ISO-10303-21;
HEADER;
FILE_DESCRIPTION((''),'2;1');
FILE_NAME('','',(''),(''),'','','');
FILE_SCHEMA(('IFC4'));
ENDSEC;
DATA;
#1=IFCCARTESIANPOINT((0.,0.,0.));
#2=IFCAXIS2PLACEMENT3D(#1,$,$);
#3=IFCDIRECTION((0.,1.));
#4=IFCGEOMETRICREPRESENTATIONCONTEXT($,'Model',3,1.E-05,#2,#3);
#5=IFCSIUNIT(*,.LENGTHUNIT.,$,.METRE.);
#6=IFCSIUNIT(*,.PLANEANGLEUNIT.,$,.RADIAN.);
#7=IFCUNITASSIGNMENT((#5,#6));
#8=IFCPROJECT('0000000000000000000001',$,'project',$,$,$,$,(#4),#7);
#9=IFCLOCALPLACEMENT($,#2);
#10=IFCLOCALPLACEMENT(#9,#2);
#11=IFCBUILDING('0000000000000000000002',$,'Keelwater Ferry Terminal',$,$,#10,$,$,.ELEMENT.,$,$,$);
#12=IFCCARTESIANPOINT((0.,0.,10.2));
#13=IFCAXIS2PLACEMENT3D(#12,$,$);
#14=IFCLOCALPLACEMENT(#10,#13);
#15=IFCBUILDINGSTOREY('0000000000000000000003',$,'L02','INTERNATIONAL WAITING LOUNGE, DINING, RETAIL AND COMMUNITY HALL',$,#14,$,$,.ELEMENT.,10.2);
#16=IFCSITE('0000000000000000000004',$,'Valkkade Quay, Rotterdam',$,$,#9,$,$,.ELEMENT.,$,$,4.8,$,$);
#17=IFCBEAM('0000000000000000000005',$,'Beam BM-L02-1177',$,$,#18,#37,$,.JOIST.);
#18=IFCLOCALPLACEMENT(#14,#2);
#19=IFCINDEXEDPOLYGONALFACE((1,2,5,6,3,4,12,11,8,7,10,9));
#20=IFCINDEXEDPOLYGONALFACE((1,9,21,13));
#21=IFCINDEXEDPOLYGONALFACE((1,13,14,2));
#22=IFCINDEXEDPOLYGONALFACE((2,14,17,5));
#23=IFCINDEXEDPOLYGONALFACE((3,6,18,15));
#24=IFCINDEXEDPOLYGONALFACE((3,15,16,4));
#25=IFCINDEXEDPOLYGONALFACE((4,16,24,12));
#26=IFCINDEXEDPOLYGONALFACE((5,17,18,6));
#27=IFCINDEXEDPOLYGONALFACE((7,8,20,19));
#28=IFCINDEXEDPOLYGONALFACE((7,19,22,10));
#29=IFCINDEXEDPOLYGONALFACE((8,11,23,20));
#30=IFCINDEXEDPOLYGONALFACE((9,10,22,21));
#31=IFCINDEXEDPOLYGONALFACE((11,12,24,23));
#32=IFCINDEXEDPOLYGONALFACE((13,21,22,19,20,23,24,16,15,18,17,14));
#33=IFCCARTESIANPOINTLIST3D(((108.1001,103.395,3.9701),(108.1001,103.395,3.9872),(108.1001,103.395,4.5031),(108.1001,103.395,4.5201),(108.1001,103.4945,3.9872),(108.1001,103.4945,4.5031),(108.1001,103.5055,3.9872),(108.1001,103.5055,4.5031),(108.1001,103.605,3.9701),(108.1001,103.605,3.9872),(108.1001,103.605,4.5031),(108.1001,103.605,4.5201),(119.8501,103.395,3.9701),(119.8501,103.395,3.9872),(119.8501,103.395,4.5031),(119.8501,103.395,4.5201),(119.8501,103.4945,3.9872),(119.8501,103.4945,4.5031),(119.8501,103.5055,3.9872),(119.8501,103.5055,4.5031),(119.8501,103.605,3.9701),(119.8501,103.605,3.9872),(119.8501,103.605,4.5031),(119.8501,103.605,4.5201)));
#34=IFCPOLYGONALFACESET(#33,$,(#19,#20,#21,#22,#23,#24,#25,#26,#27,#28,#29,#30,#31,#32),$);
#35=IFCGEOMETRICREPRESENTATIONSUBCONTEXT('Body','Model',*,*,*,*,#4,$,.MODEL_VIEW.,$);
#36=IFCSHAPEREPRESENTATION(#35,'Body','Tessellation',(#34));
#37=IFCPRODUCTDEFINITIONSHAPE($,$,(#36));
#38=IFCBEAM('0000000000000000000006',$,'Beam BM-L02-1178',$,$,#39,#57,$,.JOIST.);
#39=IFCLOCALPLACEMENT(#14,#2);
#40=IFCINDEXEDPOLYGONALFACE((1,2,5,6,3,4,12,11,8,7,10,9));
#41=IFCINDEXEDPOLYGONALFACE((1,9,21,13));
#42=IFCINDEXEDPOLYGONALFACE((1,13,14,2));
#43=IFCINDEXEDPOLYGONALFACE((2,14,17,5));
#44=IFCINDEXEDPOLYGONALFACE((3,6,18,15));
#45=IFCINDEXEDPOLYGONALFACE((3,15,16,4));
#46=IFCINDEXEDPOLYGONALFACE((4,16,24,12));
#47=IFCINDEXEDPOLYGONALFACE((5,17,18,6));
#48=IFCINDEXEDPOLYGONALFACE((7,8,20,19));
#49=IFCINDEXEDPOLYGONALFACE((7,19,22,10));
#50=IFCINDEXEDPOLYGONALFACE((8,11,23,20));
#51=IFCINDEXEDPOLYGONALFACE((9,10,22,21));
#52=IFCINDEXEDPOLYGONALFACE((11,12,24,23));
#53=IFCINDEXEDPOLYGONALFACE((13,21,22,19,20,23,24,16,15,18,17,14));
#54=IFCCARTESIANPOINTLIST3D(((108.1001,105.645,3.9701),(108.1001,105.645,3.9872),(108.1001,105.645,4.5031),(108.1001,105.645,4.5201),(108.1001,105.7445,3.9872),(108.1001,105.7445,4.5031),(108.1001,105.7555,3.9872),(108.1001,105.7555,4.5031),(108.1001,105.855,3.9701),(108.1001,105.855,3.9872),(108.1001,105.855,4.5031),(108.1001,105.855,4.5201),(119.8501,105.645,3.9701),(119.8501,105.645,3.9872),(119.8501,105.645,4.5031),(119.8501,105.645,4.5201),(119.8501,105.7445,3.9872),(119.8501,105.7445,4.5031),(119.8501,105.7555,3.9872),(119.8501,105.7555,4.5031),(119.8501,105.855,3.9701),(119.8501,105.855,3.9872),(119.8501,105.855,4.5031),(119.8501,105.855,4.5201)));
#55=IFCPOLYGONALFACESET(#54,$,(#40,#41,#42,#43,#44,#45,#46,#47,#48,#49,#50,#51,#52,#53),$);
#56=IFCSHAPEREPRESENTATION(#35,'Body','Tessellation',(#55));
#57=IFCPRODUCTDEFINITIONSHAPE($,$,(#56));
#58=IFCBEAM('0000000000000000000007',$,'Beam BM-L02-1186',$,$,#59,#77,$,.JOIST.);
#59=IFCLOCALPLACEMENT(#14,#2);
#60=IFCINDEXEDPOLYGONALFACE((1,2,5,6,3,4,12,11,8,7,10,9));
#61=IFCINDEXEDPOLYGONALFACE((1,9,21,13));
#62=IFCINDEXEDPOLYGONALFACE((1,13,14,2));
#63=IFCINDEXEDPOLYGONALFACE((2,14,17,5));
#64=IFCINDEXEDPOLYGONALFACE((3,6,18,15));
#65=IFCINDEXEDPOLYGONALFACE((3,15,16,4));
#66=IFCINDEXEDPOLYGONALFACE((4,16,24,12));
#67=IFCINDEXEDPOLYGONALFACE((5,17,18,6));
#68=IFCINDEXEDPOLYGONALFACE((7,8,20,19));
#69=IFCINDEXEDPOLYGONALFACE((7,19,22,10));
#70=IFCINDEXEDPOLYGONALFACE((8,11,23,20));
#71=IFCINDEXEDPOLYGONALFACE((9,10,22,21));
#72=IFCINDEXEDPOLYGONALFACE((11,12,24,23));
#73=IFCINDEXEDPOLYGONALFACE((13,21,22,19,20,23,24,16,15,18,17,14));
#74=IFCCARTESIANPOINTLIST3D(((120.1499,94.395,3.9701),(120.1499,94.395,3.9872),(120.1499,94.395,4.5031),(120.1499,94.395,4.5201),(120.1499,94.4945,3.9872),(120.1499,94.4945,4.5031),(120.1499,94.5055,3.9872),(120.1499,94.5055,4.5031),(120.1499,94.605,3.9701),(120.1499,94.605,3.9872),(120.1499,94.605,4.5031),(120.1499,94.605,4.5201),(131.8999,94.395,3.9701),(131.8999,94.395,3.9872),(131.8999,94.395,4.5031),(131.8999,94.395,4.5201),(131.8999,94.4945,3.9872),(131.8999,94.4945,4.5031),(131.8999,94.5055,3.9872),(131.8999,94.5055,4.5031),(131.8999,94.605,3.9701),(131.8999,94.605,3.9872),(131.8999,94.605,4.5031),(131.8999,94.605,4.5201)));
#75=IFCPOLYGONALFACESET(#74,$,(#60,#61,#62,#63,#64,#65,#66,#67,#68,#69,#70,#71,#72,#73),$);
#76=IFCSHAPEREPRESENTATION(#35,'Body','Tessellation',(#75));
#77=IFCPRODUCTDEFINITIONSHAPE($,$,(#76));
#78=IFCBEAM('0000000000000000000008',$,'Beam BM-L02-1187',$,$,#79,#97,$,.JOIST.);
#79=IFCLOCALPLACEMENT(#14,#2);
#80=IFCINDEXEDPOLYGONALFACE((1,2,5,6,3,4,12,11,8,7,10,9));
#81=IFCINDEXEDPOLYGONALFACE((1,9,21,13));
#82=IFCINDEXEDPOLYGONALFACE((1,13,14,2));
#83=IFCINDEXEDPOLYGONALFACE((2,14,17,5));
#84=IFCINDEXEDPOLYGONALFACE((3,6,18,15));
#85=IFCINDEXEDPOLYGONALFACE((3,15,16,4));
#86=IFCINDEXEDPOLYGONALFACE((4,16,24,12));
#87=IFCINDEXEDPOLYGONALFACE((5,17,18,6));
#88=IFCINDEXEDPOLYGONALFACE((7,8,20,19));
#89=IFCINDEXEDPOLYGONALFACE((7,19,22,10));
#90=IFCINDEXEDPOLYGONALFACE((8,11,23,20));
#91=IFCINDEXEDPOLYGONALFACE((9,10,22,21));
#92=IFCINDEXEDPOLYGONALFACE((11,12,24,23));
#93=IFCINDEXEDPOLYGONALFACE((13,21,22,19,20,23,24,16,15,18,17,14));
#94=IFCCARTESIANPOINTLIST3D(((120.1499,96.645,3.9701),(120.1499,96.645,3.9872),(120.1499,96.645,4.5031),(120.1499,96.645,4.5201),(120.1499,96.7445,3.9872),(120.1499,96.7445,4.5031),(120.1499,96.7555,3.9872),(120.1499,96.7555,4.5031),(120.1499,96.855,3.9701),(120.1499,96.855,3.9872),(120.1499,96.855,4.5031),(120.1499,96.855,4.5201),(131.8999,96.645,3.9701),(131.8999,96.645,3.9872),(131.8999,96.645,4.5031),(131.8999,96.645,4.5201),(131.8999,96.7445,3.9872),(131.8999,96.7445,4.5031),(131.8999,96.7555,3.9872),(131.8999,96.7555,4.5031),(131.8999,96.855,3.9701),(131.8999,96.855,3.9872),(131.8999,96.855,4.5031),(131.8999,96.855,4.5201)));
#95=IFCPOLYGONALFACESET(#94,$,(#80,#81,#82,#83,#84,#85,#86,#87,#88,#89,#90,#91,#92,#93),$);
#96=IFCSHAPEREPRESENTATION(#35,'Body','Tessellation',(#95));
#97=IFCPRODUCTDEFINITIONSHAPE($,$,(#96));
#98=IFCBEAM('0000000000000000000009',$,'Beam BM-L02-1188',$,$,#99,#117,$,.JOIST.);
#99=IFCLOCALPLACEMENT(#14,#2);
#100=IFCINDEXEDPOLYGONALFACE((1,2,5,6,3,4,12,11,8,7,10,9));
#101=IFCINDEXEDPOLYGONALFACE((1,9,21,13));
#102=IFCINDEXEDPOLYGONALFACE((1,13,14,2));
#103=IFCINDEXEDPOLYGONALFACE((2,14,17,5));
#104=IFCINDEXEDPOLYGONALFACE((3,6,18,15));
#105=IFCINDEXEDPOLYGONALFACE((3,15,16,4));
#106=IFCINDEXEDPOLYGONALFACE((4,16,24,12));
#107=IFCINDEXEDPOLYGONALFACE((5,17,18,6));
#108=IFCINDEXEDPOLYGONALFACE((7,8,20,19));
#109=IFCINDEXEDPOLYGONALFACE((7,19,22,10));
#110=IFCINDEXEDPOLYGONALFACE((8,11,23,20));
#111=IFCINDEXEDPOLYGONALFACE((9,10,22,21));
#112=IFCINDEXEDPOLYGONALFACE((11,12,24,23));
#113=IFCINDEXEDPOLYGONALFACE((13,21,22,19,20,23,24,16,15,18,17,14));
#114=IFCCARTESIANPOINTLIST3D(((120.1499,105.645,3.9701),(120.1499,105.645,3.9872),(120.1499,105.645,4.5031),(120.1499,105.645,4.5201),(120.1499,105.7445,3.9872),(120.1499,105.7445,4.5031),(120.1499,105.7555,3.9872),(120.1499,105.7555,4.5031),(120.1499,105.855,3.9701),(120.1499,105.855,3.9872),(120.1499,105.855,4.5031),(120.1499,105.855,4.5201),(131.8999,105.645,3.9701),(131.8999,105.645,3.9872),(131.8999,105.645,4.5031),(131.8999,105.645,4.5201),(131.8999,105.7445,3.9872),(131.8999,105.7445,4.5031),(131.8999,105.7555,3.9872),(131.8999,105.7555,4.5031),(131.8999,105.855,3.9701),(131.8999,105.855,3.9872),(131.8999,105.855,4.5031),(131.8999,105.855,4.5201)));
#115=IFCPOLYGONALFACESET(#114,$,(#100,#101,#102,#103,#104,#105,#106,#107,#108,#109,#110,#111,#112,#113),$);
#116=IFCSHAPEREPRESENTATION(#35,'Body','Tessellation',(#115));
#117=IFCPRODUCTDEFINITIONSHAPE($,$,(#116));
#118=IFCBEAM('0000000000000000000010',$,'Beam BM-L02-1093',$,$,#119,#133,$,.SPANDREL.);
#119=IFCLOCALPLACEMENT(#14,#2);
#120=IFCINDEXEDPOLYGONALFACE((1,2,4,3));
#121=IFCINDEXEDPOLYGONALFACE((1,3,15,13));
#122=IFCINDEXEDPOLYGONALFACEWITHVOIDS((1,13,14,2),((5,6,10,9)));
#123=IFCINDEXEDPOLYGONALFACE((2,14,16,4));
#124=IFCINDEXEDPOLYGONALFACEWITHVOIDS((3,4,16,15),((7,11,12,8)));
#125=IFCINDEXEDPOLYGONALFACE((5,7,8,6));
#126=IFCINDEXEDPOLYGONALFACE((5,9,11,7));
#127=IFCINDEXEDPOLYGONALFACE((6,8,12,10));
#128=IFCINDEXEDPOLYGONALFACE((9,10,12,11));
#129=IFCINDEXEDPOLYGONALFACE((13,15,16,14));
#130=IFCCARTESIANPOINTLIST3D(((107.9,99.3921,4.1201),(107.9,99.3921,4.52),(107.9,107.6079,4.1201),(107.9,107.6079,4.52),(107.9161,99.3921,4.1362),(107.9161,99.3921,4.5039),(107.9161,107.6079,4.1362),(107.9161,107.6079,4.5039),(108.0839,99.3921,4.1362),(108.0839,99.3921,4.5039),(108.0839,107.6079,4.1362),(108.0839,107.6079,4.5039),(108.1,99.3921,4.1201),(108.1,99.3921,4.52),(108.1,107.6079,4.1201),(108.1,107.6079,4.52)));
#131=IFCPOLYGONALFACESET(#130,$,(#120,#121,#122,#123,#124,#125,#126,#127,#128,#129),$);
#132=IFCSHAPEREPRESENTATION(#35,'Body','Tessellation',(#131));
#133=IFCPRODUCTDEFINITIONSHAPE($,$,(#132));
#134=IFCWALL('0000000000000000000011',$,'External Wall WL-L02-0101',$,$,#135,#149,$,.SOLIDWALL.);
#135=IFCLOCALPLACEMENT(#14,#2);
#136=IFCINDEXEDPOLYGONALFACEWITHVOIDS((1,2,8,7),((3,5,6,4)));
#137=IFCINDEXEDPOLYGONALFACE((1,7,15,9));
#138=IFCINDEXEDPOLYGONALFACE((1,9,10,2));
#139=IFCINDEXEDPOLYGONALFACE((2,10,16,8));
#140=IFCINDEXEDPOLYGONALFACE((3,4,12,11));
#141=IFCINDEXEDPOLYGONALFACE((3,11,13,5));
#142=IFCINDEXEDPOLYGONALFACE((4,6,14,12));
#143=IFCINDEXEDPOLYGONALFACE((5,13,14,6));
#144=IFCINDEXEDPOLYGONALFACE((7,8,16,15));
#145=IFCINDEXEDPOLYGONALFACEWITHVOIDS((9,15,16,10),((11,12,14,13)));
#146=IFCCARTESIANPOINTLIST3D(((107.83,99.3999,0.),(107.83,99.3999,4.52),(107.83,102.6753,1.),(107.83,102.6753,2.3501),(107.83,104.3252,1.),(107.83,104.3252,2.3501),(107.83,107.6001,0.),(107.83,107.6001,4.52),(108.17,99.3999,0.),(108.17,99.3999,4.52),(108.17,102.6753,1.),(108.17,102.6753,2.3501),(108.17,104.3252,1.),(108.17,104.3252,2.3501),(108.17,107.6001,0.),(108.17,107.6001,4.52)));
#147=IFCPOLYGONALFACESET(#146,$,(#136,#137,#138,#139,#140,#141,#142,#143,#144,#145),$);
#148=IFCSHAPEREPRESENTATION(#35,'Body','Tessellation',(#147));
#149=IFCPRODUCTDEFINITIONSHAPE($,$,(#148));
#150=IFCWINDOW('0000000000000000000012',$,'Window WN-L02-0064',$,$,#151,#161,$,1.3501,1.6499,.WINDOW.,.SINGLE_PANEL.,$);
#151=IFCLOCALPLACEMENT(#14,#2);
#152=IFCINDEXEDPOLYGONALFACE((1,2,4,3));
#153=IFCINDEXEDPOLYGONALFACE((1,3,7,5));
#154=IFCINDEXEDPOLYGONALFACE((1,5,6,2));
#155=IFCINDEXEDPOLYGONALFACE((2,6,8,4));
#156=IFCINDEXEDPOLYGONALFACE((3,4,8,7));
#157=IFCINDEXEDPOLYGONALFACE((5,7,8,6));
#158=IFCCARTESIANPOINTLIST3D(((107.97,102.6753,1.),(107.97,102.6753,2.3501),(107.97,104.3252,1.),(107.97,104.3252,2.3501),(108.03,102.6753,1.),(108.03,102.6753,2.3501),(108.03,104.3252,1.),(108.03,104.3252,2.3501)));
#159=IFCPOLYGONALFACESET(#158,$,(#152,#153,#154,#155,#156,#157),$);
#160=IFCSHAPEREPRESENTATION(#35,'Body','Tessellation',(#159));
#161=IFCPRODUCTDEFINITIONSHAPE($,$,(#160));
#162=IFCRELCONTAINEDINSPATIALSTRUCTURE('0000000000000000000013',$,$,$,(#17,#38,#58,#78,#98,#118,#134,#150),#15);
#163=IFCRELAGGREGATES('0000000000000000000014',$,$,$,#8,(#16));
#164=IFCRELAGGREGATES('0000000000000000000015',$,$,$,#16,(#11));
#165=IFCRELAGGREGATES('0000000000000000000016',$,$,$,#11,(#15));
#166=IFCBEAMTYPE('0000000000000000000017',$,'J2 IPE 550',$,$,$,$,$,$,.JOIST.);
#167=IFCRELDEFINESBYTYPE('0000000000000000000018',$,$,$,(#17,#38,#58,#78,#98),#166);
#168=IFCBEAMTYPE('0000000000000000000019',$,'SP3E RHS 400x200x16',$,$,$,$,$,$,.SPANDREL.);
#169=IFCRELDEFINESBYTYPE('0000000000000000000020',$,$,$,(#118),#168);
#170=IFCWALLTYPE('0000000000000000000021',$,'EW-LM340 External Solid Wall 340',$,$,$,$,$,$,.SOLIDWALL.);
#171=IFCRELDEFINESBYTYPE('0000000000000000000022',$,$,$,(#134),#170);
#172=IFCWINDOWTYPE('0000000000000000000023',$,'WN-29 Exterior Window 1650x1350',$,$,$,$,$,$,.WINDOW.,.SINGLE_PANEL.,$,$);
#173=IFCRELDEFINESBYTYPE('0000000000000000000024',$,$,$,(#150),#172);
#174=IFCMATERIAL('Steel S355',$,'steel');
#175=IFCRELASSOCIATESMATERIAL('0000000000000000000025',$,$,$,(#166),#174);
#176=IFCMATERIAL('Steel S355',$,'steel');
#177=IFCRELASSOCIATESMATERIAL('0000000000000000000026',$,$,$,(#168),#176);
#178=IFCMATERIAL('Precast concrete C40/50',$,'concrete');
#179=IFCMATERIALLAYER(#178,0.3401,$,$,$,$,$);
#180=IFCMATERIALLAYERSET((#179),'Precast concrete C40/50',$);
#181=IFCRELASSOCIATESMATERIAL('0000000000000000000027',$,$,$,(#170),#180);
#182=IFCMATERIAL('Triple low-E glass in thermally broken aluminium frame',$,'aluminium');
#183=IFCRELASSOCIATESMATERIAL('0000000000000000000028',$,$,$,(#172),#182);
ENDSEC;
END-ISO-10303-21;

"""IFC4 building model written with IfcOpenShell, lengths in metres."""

from ifc_helpers import new_model, si_unit, direction, frame, frame_2d, origin, origin_2d, place, context, subcontext, project, spatial, rectangle, hollow_rectangle, i_section, extrude, material, layer, layer_set, material_profile, profile_set, type_object, element, fill, save


model = new_model("IFC4")

# Units and contexts
model_context = context("Model", 3, precision=1e-05, world=origin(), true_north=direction((0.0, 1.0)))
body_context = subcontext(model_context, "Body", "Model", "MODEL_VIEW")
ifc_project = project(units=[si_unit("LENGTHUNIT", "METRE"), si_unit("PLANEANGLEUNIT", "RADIAN")], contexts=[model_context])

# Site, building, storey
site_placement = place(None, origin())
site = spatial("IfcSite", under=ifc_project, at=site_placement, Name="Valkkade Quay, Rotterdam", CompositionType="ELEMENT", RefElevation=4.8)
building_placement = place(site_placement, origin())
building = spatial("IfcBuilding", under=site, at=building_placement, Name="Keelwater Ferry Terminal", CompositionType="ELEMENT")
storey_placement = place(building_placement, frame((0.0, 0.0, 10.2)))
storey = spatial("IfcBuildingStorey", under=building, at=storey_placement, Name="L02", Description="INTERNATIONAL WAITING LOUNGE, DINING, RETAIL AND COMMUNITY HALL", CompositionType="ELEMENT", Elevation=10.2)

# Beams
ifc_material_1 = material(Name="Steel S355", Category="steel")
ifc_material_profile_1 = material_profile(ifc_material_1, i_section(OverallWidth=0.21, OverallDepth=0.55, WebThickness=0.011, FlangeThickness=0.0171, at=origin_2d()), Name="IPE 550")
ifc_profile_set_1 = profile_set([ifc_material_profile_1], Name="Steel S355")
beam_type_1 = type_object("IfcBeamType", Name="J2 IPE 550", PredefinedType="JOIST", material=ifc_profile_set_1)
for number, where, z_axis, x_axis, name in (
    (1, (108.1001, 103.5, 4.2451), (1.0, 0.0, 0.0), (0.0, 1.0, 0.0), "Beam BM-L02-1177"),
    (2, (108.1001, 105.75, 4.2451), (1.0, 0.0, 0.0), (0.0, 1.0, 0.0), "Beam BM-L02-1178"),
    (3, (120.1499, 94.5, 4.2451), (1.0, 0.0, 0.0), (0.0, 1.0, 0.0), "Beam BM-L02-1186"),
    (4, (120.1499, 96.75, 4.2451), (1.0, 0.0, 0.0), (0.0, 1.0, 0.0), "Beam BM-L02-1187"),
    (5, (120.1499, 105.75, 4.2451), (1.0, 0.0, 0.0), (0.0, 1.0, 0.0), "Beam BM-L02-1188"),
):
    element("IfcBeam", number, at=place(storey_placement, frame(where, z_axis=z_axis, x_axis=x_axis)), inside=storey, type_object=beam_type_1, Name=name, PredefinedType="JOIST", context=body_context, shape_type="SweptSolid", body=[
        extrude(i_section(OverallWidth=0.21, OverallDepth=0.55, WebThickness=0.011, FlangeThickness=0.0171, at=origin_2d()), origin(), (0.0, 0.0, 1.0), 11.75),
    ])
ifc_material_2 = material(Name="Steel S355", Category="steel")
ifc_material_profile_2 = material_profile(ifc_material_2, hollow_rectangle(XDim=0.2, YDim=0.3999, WallThickness=0.0161, at=origin_2d()), Name="RHS 400x200x16")
ifc_profile_set_2 = profile_set([ifc_material_profile_2], Name="Steel S355")
beam_type_2 = type_object("IfcBeamType", Name="SP3E RHS 400x200x16", PredefinedType="SPANDREL", material=ifc_profile_set_2)
beam_1_placement = place(storey_placement, frame((108.0, 99.3921, 4.3201), z_axis=(0.0, 1.0, 0.0), x_axis=(-1.0, 0.0, 0.0)))
element("IfcBeam", 6, at=beam_1_placement, inside=storey, type_object=beam_type_2, Name="Beam BM-L02-1093", PredefinedType="SPANDREL", context=body_context, shape_type="SweptSolid", body=[
    extrude(hollow_rectangle(XDim=0.2, YDim=0.3999, WallThickness=0.0161, at=origin_2d()), origin(), (0.0, 0.0, 1.0), 8.2158),
])

# Wall, opening, window
ifc_material_3 = material(Name="Precast concrete C40/50", Category="concrete")
ifc_layer_1 = layer(ifc_material_3, 0.3401)
ifc_layer_set_1 = layer_set([ifc_layer_1], Name="Precast concrete C40/50")
wall_type_1 = type_object("IfcWallType", Name="EW-LM340 External Solid Wall 340", PredefinedType="SOLIDWALL", material=ifc_layer_set_1)
wall_1_placement = place(storey_placement, frame((108.0, 107.6001, 0.0), z_axis=(0.0, 0.0, 1.0), x_axis=(0.0, -1.0, 0.0)))
wall_1 = element("IfcWall", 7, at=wall_1_placement, inside=storey, type_object=wall_type_1, Name="External Wall WL-L02-0101", PredefinedType="SOLIDWALL", context=body_context, shape_type="SweptSolid", body=[
    extrude(rectangle(XDim=8.2002, YDim=0.3401, at=frame_2d((4.1001, 0.0))), origin(), (0.0, 0.0, 1.0), 4.52),
])
opening_1_placement = place(wall_1_placement, frame((3.2749, 0.0, 1.0)))
opening_1 = element("IfcOpeningElement", 8, at=opening_1_placement, cuts=wall_1, PredefinedType="OPENING", context=body_context, shape_type="SweptSolid", body=[
    extrude(rectangle(XDim=1.6499, YDim=1.3501, at=frame_2d((0.825, 0.675))), frame((0.0, 0.1799, 0.0), z_axis=(0.0, -1.0, 0.0), x_axis=(1.0, 0.0, 0.0)), (0.0, 0.0, 1.0), 0.3601),
])
ifc_material_4 = material(Name="Triple low-E glass in thermally broken aluminium frame", Category="aluminium")
window_type = type_object("IfcWindowType", Name="WN-29 Exterior Window 1650x1350", PartitioningType="SINGLE_PANEL", PredefinedType="WINDOW", material=ifc_material_4)
window_placement = place(opening_1_placement, origin())
window = element("IfcWindow", 9, at=window_placement, inside=storey, type_object=window_type, Name="Window WN-L02-0064", OverallHeight=1.3501, OverallWidth=1.6499, PartitioningType="SINGLE_PANEL", PredefinedType="WINDOW", context=body_context, shape_type="SweptSolid", body=[
    extrude(rectangle(XDim=1.6499, YDim=1.3501, at=frame_2d((0.825, 0.675))), frame((0.0, 0.03, 0.0), z_axis=(0.0, -1.0, 0.0), x_axis=(1.0, 0.0, 0.0)), (0.0, 0.0, 1.0), 0.0601),
])
fill(opening_1, window)

save(model, "model.ifc")
